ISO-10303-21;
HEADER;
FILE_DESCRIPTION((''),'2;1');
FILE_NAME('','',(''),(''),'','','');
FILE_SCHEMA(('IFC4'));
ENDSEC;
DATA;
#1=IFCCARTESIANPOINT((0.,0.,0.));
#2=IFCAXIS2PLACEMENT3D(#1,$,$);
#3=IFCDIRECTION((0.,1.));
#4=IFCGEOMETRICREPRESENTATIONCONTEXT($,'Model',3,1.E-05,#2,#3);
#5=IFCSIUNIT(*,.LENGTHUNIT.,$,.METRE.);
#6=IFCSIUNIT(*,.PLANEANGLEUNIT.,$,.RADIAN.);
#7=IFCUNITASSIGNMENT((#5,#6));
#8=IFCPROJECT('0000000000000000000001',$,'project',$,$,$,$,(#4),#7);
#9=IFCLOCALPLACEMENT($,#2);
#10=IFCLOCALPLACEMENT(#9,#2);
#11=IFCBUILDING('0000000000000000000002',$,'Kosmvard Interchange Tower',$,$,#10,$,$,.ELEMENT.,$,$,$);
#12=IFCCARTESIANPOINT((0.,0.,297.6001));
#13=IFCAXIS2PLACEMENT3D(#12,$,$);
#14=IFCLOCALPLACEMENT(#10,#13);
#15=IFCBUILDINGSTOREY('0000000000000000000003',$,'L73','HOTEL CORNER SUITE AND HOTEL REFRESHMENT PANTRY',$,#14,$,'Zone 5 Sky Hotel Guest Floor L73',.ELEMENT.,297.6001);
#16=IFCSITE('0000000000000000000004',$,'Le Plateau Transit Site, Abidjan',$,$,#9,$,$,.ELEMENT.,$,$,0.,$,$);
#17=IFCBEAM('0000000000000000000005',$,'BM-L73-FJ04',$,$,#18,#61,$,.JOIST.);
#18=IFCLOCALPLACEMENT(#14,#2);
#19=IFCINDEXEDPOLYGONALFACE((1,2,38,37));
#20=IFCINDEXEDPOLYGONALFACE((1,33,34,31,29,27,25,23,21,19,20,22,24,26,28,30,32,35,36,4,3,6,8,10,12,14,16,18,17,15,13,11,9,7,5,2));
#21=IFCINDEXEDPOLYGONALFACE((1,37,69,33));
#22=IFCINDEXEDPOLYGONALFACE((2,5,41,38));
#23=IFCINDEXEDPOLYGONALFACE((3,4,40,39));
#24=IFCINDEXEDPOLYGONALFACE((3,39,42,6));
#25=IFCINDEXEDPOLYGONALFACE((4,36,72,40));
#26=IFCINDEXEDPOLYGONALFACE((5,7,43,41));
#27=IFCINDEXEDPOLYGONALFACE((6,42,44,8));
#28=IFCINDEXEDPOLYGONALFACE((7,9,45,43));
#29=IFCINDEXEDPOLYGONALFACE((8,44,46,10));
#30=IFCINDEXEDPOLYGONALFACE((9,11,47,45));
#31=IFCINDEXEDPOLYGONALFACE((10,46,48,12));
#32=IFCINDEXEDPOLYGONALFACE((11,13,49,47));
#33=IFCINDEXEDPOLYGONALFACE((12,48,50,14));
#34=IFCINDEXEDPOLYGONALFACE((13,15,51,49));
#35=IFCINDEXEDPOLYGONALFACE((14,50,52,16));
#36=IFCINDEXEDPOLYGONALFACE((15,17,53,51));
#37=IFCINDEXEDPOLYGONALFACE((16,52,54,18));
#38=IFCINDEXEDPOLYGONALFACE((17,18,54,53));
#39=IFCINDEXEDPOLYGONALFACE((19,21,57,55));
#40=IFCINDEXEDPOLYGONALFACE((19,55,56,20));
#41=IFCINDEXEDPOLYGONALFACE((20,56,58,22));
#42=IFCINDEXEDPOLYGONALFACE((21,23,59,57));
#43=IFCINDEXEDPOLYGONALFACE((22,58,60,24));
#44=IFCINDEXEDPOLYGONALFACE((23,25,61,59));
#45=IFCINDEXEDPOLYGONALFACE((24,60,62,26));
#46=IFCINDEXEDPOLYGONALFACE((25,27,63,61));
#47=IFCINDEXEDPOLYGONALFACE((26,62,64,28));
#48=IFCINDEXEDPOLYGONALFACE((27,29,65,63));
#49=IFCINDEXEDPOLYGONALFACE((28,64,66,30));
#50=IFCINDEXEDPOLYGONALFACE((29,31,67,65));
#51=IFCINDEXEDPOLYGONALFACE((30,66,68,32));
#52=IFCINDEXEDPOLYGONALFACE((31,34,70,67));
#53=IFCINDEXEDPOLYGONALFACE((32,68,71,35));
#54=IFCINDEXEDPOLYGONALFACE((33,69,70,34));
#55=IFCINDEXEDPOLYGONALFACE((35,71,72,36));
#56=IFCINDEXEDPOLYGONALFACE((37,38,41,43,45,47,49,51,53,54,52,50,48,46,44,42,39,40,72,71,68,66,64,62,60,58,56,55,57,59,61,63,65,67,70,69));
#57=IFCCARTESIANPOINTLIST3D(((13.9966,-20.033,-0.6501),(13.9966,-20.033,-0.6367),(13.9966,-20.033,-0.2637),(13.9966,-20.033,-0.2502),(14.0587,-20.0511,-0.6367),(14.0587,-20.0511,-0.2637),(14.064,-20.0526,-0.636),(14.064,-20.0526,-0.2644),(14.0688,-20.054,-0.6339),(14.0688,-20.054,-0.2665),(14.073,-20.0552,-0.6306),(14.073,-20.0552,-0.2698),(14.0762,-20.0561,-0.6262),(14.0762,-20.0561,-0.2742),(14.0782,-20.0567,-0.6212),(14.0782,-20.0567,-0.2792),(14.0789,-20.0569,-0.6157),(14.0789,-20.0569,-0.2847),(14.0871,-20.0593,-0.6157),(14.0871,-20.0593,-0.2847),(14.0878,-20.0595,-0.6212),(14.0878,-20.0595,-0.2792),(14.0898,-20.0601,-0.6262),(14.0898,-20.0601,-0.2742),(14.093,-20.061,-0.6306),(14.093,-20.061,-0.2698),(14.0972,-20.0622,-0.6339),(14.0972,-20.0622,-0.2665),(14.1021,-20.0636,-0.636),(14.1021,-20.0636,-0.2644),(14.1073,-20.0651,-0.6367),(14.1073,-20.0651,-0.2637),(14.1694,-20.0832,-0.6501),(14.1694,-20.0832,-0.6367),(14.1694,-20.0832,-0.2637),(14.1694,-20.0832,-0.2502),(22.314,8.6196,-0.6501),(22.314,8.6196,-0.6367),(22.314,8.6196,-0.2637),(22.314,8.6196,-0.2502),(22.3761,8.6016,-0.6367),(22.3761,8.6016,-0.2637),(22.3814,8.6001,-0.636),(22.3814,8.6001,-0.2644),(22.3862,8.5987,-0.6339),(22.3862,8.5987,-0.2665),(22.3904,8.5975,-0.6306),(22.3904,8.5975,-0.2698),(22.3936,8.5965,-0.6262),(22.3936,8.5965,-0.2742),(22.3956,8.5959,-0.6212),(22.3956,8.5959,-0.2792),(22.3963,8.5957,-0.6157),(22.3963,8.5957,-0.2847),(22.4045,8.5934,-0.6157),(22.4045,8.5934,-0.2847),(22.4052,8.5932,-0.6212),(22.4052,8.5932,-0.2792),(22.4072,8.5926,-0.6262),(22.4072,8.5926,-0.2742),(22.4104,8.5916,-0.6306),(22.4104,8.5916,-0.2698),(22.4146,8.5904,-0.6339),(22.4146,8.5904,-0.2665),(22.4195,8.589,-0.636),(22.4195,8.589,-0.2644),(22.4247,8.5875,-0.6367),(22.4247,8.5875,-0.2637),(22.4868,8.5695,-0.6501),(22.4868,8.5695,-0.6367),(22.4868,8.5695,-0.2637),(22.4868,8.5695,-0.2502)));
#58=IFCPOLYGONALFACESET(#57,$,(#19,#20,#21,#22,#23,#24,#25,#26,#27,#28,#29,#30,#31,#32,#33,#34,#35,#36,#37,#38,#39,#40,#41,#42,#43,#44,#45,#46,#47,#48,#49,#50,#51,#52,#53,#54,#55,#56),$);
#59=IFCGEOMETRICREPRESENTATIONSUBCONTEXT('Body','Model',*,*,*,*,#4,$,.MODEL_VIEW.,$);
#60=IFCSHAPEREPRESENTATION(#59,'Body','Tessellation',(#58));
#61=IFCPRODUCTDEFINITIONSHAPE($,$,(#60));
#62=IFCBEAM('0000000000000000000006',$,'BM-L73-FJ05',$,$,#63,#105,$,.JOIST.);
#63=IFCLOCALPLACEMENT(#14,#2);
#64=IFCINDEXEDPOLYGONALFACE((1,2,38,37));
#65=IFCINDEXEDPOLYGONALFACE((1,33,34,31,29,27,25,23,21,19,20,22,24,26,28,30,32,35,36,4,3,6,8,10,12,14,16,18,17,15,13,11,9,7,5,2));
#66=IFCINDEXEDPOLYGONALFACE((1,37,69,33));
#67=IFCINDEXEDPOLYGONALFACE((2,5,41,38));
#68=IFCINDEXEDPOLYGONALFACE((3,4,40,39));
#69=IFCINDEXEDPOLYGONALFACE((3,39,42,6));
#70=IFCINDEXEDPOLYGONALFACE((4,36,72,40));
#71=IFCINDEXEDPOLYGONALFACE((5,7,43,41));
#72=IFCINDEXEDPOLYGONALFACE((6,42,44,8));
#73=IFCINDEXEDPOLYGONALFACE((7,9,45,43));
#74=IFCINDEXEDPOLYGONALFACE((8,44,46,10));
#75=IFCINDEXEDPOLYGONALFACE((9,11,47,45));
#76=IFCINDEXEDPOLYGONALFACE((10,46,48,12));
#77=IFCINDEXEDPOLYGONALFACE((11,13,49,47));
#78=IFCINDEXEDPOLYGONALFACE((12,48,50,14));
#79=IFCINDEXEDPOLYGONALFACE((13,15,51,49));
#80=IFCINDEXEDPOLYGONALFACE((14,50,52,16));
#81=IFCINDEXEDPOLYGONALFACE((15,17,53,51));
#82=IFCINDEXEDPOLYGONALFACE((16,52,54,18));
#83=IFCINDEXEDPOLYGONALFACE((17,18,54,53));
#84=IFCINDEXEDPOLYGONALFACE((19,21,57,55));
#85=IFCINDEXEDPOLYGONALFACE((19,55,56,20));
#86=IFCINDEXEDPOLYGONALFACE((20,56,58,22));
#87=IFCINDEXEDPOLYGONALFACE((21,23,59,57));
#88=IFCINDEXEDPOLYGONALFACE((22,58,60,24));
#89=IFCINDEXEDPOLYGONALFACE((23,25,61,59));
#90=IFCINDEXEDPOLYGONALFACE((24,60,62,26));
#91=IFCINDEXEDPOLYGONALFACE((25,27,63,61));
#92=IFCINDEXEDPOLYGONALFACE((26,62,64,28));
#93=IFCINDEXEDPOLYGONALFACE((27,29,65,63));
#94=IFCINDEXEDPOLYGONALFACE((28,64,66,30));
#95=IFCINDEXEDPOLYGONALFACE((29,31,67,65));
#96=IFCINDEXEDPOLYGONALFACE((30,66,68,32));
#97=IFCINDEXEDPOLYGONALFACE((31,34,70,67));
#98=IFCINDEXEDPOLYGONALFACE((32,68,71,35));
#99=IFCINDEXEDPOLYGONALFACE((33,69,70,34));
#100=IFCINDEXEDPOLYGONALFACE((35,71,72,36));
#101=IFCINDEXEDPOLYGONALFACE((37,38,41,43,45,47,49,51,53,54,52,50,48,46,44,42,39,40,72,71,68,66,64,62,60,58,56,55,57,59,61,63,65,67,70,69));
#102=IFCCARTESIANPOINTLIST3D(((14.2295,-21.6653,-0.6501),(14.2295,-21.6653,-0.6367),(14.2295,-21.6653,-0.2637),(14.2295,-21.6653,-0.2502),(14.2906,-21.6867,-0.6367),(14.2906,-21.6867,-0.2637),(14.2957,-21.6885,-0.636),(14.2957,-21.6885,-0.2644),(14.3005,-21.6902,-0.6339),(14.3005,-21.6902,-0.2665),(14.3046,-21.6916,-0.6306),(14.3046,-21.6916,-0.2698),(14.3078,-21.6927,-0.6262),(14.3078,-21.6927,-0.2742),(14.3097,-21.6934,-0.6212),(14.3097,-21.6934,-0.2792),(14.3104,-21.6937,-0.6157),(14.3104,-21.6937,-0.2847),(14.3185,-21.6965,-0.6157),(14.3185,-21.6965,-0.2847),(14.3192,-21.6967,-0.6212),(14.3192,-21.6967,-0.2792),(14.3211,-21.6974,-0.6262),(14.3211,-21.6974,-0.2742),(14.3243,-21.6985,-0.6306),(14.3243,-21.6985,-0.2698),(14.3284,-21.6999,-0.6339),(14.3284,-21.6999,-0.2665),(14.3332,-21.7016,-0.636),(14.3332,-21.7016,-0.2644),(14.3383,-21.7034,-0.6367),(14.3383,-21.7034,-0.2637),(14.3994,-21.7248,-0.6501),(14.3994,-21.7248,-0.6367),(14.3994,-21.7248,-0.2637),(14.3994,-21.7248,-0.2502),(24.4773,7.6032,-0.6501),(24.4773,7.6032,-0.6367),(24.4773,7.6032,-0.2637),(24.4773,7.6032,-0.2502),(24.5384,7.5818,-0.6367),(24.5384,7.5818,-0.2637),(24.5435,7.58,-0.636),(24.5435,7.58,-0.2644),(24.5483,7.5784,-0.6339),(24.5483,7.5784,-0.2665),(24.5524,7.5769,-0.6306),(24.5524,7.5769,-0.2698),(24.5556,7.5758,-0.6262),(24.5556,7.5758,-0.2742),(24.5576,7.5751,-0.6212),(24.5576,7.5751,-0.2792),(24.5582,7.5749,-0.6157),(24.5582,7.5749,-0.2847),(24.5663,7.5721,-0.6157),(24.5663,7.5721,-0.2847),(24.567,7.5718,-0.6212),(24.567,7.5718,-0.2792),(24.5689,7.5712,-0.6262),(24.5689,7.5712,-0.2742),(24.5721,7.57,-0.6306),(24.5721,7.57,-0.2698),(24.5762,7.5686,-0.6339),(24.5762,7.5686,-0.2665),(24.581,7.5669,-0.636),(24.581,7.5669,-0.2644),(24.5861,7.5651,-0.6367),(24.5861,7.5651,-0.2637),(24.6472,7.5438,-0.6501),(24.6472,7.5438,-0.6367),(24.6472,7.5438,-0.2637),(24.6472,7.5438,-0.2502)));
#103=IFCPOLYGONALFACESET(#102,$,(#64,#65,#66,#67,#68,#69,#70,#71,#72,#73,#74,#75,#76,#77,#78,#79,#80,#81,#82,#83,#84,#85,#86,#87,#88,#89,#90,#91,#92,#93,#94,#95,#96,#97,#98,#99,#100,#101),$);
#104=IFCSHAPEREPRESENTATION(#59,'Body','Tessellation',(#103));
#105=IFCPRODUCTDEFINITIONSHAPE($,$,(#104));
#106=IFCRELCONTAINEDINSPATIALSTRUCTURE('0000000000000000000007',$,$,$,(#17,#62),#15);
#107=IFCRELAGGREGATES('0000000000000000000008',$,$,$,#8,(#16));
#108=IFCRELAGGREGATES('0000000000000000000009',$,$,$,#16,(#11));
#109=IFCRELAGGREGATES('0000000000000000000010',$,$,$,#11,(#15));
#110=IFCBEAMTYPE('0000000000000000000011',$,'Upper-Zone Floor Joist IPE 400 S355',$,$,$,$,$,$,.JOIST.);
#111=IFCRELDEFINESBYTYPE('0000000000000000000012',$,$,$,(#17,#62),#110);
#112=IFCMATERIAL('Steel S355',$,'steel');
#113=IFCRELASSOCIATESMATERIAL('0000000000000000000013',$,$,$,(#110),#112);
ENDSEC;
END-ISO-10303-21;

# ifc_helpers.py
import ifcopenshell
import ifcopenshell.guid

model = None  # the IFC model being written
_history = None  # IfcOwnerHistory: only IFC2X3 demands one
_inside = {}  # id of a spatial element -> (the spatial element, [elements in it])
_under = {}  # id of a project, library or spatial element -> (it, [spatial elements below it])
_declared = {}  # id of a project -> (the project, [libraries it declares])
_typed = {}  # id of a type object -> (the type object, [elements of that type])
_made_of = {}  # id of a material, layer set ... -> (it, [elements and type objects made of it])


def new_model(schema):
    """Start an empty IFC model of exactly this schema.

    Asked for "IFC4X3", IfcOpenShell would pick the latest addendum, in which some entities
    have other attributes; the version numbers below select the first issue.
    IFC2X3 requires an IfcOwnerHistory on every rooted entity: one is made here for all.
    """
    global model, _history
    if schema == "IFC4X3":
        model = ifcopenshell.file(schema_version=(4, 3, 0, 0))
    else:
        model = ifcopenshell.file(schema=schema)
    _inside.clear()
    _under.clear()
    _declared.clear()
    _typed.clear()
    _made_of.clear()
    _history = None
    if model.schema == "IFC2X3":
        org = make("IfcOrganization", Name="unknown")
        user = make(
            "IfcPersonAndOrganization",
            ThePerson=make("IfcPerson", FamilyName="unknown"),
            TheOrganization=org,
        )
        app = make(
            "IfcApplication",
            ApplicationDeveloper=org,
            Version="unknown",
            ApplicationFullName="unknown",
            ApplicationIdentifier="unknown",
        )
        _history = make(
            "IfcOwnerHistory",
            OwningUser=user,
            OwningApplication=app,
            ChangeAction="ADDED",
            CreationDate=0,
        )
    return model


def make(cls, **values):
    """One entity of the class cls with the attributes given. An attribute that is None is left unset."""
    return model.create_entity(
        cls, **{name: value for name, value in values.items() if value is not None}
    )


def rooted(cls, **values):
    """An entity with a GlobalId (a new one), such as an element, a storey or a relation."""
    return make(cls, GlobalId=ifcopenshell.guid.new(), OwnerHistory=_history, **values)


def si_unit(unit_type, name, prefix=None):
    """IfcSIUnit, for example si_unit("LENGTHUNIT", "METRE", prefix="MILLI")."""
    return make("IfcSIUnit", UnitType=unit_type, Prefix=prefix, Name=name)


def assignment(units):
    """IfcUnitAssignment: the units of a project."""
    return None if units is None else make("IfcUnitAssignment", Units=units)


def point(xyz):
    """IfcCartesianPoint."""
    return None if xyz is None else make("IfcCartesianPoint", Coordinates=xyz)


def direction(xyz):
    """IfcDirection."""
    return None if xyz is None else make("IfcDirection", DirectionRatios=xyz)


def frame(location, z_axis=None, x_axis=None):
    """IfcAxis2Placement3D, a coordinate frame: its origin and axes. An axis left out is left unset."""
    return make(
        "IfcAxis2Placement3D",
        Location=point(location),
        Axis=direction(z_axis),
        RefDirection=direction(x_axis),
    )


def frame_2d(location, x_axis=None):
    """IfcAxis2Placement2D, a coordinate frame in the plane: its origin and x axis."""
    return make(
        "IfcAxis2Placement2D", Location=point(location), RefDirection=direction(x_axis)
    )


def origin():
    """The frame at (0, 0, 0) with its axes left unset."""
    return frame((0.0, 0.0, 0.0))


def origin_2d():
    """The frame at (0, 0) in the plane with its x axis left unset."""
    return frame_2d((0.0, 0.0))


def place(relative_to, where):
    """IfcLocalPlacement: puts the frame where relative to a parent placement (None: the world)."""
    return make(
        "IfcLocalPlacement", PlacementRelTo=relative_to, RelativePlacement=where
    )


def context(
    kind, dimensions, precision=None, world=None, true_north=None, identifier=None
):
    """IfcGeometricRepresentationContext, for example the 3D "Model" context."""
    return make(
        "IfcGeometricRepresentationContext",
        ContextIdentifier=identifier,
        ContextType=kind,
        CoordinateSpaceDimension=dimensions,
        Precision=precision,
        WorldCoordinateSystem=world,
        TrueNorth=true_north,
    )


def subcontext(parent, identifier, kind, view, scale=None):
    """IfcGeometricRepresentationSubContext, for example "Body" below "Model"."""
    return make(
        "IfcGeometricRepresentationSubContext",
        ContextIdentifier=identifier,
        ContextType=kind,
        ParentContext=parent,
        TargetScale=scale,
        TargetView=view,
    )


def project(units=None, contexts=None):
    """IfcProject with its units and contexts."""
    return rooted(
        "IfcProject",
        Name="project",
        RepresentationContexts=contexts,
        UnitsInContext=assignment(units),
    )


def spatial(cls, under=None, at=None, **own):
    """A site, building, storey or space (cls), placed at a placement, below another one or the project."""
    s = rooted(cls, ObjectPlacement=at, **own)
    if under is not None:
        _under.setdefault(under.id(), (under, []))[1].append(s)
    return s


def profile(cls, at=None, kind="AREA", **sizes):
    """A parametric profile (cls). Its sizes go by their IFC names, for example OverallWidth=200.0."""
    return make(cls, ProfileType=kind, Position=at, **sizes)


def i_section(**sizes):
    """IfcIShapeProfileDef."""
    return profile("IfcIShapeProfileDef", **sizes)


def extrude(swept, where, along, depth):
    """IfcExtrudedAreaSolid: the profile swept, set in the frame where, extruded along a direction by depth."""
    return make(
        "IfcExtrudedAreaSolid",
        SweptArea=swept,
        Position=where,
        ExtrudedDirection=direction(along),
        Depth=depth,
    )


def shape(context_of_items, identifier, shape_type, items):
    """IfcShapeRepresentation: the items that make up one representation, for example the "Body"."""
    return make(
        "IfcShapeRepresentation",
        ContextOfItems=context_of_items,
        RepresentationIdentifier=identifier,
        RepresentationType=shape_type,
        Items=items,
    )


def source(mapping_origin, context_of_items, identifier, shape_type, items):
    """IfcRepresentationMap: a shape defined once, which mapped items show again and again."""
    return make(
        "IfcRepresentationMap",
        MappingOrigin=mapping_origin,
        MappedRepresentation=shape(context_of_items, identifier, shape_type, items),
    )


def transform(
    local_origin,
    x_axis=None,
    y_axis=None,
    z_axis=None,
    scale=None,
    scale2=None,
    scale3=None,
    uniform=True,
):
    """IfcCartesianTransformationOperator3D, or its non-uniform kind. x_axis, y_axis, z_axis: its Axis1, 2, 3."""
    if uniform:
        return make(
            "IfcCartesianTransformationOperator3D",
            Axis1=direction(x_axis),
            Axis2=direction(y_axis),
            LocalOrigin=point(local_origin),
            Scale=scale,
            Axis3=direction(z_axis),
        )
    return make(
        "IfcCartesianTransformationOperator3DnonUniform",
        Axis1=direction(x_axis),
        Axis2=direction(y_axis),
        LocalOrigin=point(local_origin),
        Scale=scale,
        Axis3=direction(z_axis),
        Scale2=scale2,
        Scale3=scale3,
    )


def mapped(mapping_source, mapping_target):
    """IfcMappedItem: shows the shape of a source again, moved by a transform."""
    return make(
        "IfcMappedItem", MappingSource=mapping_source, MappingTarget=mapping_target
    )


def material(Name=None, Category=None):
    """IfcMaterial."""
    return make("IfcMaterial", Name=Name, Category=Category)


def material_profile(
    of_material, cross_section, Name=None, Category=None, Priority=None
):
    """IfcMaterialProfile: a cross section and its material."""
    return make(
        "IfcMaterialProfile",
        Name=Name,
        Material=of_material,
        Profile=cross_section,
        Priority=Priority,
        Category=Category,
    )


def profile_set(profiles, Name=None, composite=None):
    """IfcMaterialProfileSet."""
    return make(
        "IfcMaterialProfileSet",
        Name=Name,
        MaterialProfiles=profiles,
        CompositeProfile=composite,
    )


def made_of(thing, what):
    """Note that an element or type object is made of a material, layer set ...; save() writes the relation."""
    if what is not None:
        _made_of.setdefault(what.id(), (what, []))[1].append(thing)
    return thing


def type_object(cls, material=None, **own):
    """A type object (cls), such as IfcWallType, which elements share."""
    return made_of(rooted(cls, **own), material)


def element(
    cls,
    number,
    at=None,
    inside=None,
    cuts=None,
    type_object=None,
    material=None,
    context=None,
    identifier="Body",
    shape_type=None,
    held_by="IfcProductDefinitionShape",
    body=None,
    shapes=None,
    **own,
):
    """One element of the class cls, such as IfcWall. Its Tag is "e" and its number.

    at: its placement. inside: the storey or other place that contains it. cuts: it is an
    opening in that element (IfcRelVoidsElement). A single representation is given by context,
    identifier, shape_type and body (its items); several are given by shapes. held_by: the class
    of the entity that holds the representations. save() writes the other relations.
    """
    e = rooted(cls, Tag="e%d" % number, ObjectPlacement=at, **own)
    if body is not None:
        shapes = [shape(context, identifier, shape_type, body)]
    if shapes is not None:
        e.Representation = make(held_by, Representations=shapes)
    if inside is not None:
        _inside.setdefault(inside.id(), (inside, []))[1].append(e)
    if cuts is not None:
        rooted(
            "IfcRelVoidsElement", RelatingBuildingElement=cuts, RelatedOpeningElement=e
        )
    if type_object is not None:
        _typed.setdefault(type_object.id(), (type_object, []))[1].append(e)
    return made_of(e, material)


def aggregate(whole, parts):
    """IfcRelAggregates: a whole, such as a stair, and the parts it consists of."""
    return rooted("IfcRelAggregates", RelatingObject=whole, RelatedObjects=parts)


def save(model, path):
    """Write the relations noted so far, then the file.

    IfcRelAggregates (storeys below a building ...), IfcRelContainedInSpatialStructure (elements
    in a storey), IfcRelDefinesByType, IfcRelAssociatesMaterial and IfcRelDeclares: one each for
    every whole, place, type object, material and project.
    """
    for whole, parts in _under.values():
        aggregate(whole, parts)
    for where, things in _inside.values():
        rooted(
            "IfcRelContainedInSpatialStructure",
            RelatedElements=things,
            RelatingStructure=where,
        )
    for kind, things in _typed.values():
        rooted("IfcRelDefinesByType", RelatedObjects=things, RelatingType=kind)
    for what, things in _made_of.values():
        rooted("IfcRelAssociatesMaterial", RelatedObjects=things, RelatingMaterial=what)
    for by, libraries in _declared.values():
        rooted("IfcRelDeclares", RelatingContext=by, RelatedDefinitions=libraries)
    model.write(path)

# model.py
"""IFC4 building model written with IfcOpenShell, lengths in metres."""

from ifc_helpers import new_model, si_unit, direction, frame, origin, origin_2d, place, context, subcontext, project, spatial, i_section, extrude, source, transform, mapped, material, material_profile, profile_set, type_object, element, save


model = new_model("IFC4")

# Units and contexts
model_context = context("Model", 3, precision=1e-05, world=origin(), true_north=direction((0.0, 1.0)))
body_context = subcontext(model_context, "Body", "Model", "MODEL_VIEW")
ifc_project = project(units=[si_unit("LENGTHUNIT", "METRE"), si_unit("PLANEANGLEUNIT", "RADIAN")], contexts=[model_context])

# Site, building, storey
site_placement = place(None, origin())
site = spatial("IfcSite", under=ifc_project, at=site_placement, Name="Le Plateau Transit Site, Abidjan", CompositionType="ELEMENT", RefElevation=0.0)
building_placement = place(site_placement, origin())
building = spatial("IfcBuilding", under=site, at=building_placement, Name="Kosmvard Interchange Tower", CompositionType="ELEMENT")
storey_placement = place(building_placement, frame((0.0, 0.0, 297.6001)))
storey = spatial("IfcBuildingStorey", under=building, at=storey_placement, Name="L73", Description="HOTEL CORNER SUITE AND HOTEL REFRESHMENT PANTRY", LongName="Zone 5 Sky Hotel Guest Floor L73", CompositionType="ELEMENT", Elevation=297.6001)

# Beams
ifc_material_1 = material(Name="Steel S355", Category="steel")
ifc_material_profile_1 = material_profile(ifc_material_1, i_section(OverallWidth=0.1799, OverallDepth=0.3999, WebThickness=0.0085, FlangeThickness=0.0134, FilletRadius=0.021, at=origin_2d()), Name="IPE 400")
ifc_profile_set_1 = profile_set([ifc_material_profile_1], Name="Steel S355")
beam_type_1 = type_object("IfcBeamType", Name="Upper-Zone Floor Joist IPE 400 S355", PredefinedType="JOIST", material=ifc_profile_set_1)
shared_shape_1 = source(origin(), body_context, "Body", "SweptSolid", [
    extrude(i_section(OverallWidth=0.1799, OverallDepth=0.3999, WebThickness=0.0085, FlangeThickness=0.0134, FilletRadius=0.021, at=origin_2d()), origin(), (0.0, 0.0, 1.0), 29.8354),
])
beam_1_placement = place(storey_placement, frame((14.083, -20.0581, -0.4502), z_axis=(0.278776, 0.960356, 0.0), x_axis=(-0.960356, 0.278776, 0.0)))
element("IfcBeam", 1, at=beam_1_placement, inside=storey, type_object=beam_type_1, Name="BM-L73-FJ04", PredefinedType="JOIST", context=body_context, shape_type="MappedRepresentation", body=[
    mapped(shared_shape_1, transform((0.0, 0.0, 0.0), scale=1.0)),
])
shared_shape_2 = source(origin(), body_context, "Body", "SweptSolid", [
    extrude(i_section(OverallWidth=0.1799, OverallDepth=0.3999, WebThickness=0.0085, FlangeThickness=0.0134, FilletRadius=0.021, at=origin_2d()), origin(), (0.0, 0.0, 1.0), 31.0107),
])
beam_2_placement = place(storey_placement, frame((14.3145, -21.6951, -0.4502), z_axis=(0.33046, 0.94382, 0.0), x_axis=(-0.94382, 0.33046, 0.0)))
element("IfcBeam", 2, at=beam_2_placement, inside=storey, type_object=beam_type_1, Name="BM-L73-FJ05", PredefinedType="JOIST", context=body_context, shape_type="MappedRepresentation", body=[
    mapped(shared_shape_2, transform((0.0, 0.0, 0.0), scale=1.0)),
])

save(model, "model.ifc")
